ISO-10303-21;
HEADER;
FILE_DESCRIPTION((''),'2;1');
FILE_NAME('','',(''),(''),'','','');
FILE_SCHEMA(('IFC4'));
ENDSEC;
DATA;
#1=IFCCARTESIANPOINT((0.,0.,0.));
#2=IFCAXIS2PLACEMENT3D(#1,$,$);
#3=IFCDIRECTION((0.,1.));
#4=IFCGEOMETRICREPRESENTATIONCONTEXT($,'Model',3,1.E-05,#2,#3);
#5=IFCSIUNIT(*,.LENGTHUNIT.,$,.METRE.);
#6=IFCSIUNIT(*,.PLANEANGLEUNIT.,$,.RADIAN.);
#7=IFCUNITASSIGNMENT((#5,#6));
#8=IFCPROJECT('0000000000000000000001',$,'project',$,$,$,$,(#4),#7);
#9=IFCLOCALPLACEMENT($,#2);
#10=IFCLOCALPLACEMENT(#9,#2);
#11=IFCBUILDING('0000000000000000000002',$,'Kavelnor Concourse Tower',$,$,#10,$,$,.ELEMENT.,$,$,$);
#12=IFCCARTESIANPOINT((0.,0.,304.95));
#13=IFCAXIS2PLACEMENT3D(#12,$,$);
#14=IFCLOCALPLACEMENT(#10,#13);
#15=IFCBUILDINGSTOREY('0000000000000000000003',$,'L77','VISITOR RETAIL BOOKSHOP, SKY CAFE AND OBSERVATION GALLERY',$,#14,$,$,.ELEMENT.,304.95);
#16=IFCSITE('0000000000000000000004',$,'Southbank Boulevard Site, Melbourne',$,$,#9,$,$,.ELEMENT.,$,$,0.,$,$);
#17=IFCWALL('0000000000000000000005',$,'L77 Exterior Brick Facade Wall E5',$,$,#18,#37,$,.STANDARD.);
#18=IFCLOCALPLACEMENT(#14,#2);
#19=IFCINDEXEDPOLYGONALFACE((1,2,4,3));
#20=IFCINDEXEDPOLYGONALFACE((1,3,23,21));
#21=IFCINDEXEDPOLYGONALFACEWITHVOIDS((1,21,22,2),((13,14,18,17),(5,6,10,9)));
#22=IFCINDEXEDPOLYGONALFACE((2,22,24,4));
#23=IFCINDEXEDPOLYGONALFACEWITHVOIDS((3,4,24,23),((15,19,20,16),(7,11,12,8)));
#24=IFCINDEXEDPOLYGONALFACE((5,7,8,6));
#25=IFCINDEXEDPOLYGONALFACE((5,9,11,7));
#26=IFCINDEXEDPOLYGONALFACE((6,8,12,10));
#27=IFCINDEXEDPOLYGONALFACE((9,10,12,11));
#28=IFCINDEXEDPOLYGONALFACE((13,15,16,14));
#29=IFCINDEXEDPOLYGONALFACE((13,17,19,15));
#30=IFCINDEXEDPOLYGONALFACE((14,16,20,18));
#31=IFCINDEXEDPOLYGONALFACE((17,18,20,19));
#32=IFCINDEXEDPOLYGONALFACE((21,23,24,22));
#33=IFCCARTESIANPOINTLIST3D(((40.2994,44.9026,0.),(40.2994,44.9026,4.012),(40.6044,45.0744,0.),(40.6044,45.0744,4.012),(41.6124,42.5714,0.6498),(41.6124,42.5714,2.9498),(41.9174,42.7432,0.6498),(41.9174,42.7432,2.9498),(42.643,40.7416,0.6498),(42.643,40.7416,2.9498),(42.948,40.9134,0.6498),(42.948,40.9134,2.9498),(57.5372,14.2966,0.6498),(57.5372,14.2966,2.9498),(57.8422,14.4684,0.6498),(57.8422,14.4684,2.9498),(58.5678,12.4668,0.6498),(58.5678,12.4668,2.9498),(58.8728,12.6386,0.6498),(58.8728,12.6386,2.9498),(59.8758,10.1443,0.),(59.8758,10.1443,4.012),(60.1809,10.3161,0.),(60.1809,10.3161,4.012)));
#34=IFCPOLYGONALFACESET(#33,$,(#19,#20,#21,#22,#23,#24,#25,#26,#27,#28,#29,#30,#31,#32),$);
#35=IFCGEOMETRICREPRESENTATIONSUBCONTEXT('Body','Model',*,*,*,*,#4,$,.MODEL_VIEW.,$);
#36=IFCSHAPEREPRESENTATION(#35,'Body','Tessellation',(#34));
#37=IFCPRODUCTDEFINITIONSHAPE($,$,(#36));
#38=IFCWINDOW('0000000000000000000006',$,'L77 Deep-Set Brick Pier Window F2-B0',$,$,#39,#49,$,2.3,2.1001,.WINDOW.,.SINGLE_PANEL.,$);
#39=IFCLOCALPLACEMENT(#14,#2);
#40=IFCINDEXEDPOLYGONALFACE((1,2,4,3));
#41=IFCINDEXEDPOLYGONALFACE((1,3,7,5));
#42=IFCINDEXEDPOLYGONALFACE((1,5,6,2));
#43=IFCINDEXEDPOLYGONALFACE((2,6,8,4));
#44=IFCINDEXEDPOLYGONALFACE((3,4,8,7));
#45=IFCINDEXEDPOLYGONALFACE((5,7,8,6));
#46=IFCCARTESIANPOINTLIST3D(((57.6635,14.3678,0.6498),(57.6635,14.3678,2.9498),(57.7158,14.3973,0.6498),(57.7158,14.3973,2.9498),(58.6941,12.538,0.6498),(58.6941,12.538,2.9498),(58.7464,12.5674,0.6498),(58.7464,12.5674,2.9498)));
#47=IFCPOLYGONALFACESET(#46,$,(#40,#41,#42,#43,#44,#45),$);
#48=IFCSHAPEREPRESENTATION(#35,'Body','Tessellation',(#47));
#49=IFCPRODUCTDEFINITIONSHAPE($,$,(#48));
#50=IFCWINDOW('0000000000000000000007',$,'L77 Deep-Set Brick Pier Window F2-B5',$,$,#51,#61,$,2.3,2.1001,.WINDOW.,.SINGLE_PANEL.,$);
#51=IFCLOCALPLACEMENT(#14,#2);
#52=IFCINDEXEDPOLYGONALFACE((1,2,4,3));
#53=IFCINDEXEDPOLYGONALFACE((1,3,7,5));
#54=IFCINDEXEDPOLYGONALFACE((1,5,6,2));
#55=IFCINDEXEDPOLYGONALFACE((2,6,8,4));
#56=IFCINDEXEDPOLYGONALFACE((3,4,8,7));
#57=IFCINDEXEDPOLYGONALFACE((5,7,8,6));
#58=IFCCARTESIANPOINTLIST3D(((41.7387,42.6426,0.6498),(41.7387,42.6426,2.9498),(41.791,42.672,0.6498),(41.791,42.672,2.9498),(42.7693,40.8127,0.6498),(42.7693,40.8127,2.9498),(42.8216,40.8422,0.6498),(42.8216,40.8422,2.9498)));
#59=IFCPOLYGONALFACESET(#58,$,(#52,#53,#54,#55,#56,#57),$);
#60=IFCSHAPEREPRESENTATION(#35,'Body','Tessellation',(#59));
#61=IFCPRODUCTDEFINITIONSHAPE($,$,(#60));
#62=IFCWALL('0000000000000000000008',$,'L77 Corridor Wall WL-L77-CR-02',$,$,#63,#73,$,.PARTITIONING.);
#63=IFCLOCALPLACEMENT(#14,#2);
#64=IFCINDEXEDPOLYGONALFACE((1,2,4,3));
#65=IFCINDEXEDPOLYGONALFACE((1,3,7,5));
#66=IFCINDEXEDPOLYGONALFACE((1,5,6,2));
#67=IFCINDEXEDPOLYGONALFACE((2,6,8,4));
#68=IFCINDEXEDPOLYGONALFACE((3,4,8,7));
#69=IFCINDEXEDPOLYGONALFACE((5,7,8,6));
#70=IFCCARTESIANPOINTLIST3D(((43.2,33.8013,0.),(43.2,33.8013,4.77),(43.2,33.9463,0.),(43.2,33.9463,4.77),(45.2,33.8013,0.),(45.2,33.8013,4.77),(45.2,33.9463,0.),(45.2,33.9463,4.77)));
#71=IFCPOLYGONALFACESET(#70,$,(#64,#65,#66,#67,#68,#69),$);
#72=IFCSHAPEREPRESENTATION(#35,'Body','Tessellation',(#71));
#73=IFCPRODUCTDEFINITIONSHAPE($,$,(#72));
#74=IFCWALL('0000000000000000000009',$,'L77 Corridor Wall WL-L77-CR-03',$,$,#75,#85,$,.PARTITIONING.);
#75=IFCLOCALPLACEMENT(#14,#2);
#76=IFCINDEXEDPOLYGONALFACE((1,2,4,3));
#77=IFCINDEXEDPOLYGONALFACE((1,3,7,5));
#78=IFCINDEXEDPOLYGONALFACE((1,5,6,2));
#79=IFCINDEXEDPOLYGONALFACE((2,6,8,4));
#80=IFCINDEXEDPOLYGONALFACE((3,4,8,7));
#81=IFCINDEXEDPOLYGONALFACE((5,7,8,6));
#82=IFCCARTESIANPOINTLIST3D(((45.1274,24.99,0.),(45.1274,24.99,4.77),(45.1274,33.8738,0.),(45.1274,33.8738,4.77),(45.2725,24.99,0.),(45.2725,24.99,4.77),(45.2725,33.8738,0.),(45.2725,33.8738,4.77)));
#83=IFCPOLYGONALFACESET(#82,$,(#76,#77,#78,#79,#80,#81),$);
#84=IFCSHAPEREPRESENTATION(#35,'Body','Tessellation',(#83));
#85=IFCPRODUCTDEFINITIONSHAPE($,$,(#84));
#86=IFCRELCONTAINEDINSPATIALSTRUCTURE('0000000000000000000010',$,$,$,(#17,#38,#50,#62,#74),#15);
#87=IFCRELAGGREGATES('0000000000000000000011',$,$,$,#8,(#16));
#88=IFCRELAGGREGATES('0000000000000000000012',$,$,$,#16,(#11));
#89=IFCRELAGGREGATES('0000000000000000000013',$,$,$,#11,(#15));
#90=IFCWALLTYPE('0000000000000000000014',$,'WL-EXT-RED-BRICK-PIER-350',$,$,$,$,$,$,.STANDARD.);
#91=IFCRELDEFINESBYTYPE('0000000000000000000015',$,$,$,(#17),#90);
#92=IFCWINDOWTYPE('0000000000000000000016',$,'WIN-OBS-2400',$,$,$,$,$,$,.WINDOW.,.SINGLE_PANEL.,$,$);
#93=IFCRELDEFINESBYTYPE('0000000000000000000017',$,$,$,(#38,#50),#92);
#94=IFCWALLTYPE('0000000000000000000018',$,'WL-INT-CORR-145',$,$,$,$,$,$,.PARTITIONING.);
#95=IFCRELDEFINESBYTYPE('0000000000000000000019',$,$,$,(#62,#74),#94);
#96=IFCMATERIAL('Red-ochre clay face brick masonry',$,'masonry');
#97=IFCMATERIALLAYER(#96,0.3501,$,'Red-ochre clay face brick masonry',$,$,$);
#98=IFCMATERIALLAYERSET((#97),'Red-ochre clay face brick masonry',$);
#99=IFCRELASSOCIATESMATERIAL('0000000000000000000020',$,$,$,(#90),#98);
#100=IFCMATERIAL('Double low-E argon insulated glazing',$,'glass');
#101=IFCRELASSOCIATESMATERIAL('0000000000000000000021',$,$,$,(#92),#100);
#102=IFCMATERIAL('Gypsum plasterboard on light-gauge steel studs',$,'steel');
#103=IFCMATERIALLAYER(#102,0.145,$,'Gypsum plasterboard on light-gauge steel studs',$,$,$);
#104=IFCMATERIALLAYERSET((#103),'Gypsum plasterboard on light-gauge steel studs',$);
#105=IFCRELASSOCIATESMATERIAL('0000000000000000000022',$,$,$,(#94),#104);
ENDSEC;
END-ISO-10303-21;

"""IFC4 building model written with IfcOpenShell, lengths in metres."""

from ifc_helpers import new_model, si_unit, direction, frame, frame_2d, origin, place, context, subcontext, project, spatial, rectangle, extrude, material, layer, layer_set, type_object, element, fill, save


model = new_model("IFC4")

# Units and contexts
model_context = context("Model", 3, precision=1e-05, world=origin(), true_north=direction((0.0, 1.0)))
body_context = subcontext(model_context, "Body", "Model", "MODEL_VIEW")
ifc_project = project(units=[si_unit("LENGTHUNIT", "METRE"), si_unit("PLANEANGLEUNIT", "RADIAN")], contexts=[model_context])

# Site, building, storey
site_placement = place(None, origin())
site = spatial("IfcSite", under=ifc_project, at=site_placement, Name="Southbank Boulevard Site, Melbourne", CompositionType="ELEMENT", RefElevation=0.0)
building_placement = place(site_placement, origin())
building = spatial("IfcBuilding", under=site, at=building_placement, Name="Kavelnor Concourse Tower", CompositionType="ELEMENT")
storey_placement = place(building_placement, frame((0.0, 0.0, 304.95)))
storey = spatial("IfcBuildingStorey", under=building, at=storey_placement, Name="L77", Description="VISITOR RETAIL BOOKSHOP, SKY CAFE AND OBSERVATION GALLERY", CompositionType="ELEMENT", Elevation=304.95)

# Shared definitions
ifc_material_1 = material(Name="Double low-E argon insulated glazing", Category="glass")

# Wall, openings, windows
ifc_material_2 = material(Name="Red-ochre clay face brick masonry", Category="masonry")
ifc_layer_1 = layer(ifc_material_2, 0.3501, Name="Red-ochre clay face brick masonry")
ifc_layer_set_1 = layer_set([ifc_layer_1], Name="Red-ochre clay face brick masonry")
wall_type_1 = type_object("IfcWallType", Name="WL-EXT-RED-BRICK-PIER-350", PredefinedType="STANDARD", material=ifc_layer_set_1)
wall_1_placement = place(storey_placement, frame((40.4519, 44.9885, 0.0), z_axis=(0.0, 0.0, 1.0), x_axis=(0.490735, -0.871309, 0.0)))
wall_1 = element("IfcWall", 1, at=wall_1_placement, inside=storey, type_object=wall_type_1, Name="L77 Exterior Brick Facade Wall E5", PredefinedType="STANDARD", context=body_context, shape_type="SweptSolid", body=[
    extrude(rectangle(XDim=39.8921, YDim=0.3501, at=frame_2d((19.946, 0.0))), origin(), (0.0, 0.0, 1.0), 4.012),
])
opening_1_placement = place(wall_1_placement, frame((35.1265, 0.0, 0.6499)))
opening_1 = element("IfcOpeningElement", 2, at=opening_1_placement, cuts=wall_1, PredefinedType="OPENING", context=body_context, shape_type="SweptSolid", body=[
    extrude(rectangle(XDim=2.1001, YDim=2.3, at=frame_2d((1.05, 1.1499))), frame((0.0, 0.1851, 0.0), z_axis=(0.0, -1.0, 0.0), x_axis=(1.0, 0.0, 0.0)), (0.0, 0.0, 1.0), 0.3701),
])
opening_2_placement = place(wall_1_placement, frame((2.6755, 0.0, 0.6499)))
opening_2 = element("IfcOpeningElement", 3, at=opening_2_placement, cuts=wall_1, PredefinedType="OPENING", context=body_context, shape_type="SweptSolid", body=[
    extrude(rectangle(XDim=2.1001, YDim=2.3, at=frame_2d((1.05, 1.1499))), frame((0.0, 0.1851, 0.0), z_axis=(0.0, -1.0, 0.0), x_axis=(1.0, 0.0, 0.0)), (0.0, 0.0, 1.0), 0.3701),
])
window_type = type_object("IfcWindowType", Name="WIN-OBS-2400", PartitioningType="SINGLE_PANEL", PredefinedType="WINDOW", material=ifc_material_1)
window_1_placement = place(opening_1_placement, origin())
window_1 = element("IfcWindow", 4, at=window_1_placement, inside=storey, type_object=window_type, Name="L77 Deep-Set Brick Pier Window F2-B0", OverallHeight=2.3, OverallWidth=2.1001, PartitioningType="SINGLE_PANEL", PredefinedType="WINDOW", context=body_context, shape_type="SweptSolid", body=[
    extrude(rectangle(XDim=2.1001, YDim=2.3, at=frame_2d((1.05, 1.1499))), frame((0.0, 0.03, 0.0), z_axis=(0.0, -1.0, 0.0), x_axis=(1.0, 0.0, 0.0)), (0.0, 0.0, 1.0), 0.0601),
])
fill(opening_1, window_1)
window_2_placement = place(opening_2_placement, origin())
window_2 = element("IfcWindow", 5, at=window_2_placement, inside=storey, type_object=window_type, Name="L77 Deep-Set Brick Pier Window F2-B5", OverallHeight=2.3, OverallWidth=2.1001, PartitioningType="SINGLE_PANEL", PredefinedType="WINDOW", context=body_context, shape_type="SweptSolid", body=[
    extrude(rectangle(XDim=2.1001, YDim=2.3, at=frame_2d((1.05, 1.1499))), frame((0.0, 0.03, 0.0), z_axis=(0.0, -1.0, 0.0), x_axis=(1.0, 0.0, 0.0)), (0.0, 0.0, 1.0), 0.0601),
])
fill(opening_2, window_2)

# Walls
ifc_material_3 = material(Name="Gypsum plasterboard on light-gauge steel studs", Category="steel")
ifc_layer_2 = layer(ifc_material_3, 0.145, Name="Gypsum plasterboard on light-gauge steel studs")
ifc_layer_set_2 = layer_set([ifc_layer_2], Name="Gypsum plasterboard on light-gauge steel studs")
wall_type_2 = type_object("IfcWallType", Name="WL-INT-CORR-145", PredefinedType="PARTITIONING", material=ifc_layer_set_2)
wall_2_placement = place(storey_placement, frame((43.2, 33.8738, 0.0), z_axis=(0.0, 0.0, 1.0), x_axis=(1.0, 0.0, 0.0)))
element("IfcWall", 6, at=wall_2_placement, inside=storey, type_object=wall_type_2, Name="L77 Corridor Wall WL-L77-CR-02", PredefinedType="PARTITIONING", context=body_context, shape_type="SweptSolid", body=[
    extrude(rectangle(XDim=2.0, YDim=0.145, at=frame_2d((1.0, 0.0))), origin(), (0.0, 0.0, 1.0), 4.77),
])
wall_3_placement = place(storey_placement, frame((45.2, 33.8738, 0.0), z_axis=(0.0, 0.0, 1.0), x_axis=(0.0, -1.0, 0.0)))
element("IfcWall", 7, at=wall_3_placement, inside=storey, type_object=wall_type_2, Name="L77 Corridor Wall WL-L77-CR-03", PredefinedType="PARTITIONING", context=body_context, shape_type="SweptSolid", body=[
    extrude(rectangle(XDim=8.8838, YDim=0.145, at=frame_2d((4.4419, 0.0))), origin(), (0.0, 0.0, 1.0), 4.77),
])

save(model, "model.ifc")
